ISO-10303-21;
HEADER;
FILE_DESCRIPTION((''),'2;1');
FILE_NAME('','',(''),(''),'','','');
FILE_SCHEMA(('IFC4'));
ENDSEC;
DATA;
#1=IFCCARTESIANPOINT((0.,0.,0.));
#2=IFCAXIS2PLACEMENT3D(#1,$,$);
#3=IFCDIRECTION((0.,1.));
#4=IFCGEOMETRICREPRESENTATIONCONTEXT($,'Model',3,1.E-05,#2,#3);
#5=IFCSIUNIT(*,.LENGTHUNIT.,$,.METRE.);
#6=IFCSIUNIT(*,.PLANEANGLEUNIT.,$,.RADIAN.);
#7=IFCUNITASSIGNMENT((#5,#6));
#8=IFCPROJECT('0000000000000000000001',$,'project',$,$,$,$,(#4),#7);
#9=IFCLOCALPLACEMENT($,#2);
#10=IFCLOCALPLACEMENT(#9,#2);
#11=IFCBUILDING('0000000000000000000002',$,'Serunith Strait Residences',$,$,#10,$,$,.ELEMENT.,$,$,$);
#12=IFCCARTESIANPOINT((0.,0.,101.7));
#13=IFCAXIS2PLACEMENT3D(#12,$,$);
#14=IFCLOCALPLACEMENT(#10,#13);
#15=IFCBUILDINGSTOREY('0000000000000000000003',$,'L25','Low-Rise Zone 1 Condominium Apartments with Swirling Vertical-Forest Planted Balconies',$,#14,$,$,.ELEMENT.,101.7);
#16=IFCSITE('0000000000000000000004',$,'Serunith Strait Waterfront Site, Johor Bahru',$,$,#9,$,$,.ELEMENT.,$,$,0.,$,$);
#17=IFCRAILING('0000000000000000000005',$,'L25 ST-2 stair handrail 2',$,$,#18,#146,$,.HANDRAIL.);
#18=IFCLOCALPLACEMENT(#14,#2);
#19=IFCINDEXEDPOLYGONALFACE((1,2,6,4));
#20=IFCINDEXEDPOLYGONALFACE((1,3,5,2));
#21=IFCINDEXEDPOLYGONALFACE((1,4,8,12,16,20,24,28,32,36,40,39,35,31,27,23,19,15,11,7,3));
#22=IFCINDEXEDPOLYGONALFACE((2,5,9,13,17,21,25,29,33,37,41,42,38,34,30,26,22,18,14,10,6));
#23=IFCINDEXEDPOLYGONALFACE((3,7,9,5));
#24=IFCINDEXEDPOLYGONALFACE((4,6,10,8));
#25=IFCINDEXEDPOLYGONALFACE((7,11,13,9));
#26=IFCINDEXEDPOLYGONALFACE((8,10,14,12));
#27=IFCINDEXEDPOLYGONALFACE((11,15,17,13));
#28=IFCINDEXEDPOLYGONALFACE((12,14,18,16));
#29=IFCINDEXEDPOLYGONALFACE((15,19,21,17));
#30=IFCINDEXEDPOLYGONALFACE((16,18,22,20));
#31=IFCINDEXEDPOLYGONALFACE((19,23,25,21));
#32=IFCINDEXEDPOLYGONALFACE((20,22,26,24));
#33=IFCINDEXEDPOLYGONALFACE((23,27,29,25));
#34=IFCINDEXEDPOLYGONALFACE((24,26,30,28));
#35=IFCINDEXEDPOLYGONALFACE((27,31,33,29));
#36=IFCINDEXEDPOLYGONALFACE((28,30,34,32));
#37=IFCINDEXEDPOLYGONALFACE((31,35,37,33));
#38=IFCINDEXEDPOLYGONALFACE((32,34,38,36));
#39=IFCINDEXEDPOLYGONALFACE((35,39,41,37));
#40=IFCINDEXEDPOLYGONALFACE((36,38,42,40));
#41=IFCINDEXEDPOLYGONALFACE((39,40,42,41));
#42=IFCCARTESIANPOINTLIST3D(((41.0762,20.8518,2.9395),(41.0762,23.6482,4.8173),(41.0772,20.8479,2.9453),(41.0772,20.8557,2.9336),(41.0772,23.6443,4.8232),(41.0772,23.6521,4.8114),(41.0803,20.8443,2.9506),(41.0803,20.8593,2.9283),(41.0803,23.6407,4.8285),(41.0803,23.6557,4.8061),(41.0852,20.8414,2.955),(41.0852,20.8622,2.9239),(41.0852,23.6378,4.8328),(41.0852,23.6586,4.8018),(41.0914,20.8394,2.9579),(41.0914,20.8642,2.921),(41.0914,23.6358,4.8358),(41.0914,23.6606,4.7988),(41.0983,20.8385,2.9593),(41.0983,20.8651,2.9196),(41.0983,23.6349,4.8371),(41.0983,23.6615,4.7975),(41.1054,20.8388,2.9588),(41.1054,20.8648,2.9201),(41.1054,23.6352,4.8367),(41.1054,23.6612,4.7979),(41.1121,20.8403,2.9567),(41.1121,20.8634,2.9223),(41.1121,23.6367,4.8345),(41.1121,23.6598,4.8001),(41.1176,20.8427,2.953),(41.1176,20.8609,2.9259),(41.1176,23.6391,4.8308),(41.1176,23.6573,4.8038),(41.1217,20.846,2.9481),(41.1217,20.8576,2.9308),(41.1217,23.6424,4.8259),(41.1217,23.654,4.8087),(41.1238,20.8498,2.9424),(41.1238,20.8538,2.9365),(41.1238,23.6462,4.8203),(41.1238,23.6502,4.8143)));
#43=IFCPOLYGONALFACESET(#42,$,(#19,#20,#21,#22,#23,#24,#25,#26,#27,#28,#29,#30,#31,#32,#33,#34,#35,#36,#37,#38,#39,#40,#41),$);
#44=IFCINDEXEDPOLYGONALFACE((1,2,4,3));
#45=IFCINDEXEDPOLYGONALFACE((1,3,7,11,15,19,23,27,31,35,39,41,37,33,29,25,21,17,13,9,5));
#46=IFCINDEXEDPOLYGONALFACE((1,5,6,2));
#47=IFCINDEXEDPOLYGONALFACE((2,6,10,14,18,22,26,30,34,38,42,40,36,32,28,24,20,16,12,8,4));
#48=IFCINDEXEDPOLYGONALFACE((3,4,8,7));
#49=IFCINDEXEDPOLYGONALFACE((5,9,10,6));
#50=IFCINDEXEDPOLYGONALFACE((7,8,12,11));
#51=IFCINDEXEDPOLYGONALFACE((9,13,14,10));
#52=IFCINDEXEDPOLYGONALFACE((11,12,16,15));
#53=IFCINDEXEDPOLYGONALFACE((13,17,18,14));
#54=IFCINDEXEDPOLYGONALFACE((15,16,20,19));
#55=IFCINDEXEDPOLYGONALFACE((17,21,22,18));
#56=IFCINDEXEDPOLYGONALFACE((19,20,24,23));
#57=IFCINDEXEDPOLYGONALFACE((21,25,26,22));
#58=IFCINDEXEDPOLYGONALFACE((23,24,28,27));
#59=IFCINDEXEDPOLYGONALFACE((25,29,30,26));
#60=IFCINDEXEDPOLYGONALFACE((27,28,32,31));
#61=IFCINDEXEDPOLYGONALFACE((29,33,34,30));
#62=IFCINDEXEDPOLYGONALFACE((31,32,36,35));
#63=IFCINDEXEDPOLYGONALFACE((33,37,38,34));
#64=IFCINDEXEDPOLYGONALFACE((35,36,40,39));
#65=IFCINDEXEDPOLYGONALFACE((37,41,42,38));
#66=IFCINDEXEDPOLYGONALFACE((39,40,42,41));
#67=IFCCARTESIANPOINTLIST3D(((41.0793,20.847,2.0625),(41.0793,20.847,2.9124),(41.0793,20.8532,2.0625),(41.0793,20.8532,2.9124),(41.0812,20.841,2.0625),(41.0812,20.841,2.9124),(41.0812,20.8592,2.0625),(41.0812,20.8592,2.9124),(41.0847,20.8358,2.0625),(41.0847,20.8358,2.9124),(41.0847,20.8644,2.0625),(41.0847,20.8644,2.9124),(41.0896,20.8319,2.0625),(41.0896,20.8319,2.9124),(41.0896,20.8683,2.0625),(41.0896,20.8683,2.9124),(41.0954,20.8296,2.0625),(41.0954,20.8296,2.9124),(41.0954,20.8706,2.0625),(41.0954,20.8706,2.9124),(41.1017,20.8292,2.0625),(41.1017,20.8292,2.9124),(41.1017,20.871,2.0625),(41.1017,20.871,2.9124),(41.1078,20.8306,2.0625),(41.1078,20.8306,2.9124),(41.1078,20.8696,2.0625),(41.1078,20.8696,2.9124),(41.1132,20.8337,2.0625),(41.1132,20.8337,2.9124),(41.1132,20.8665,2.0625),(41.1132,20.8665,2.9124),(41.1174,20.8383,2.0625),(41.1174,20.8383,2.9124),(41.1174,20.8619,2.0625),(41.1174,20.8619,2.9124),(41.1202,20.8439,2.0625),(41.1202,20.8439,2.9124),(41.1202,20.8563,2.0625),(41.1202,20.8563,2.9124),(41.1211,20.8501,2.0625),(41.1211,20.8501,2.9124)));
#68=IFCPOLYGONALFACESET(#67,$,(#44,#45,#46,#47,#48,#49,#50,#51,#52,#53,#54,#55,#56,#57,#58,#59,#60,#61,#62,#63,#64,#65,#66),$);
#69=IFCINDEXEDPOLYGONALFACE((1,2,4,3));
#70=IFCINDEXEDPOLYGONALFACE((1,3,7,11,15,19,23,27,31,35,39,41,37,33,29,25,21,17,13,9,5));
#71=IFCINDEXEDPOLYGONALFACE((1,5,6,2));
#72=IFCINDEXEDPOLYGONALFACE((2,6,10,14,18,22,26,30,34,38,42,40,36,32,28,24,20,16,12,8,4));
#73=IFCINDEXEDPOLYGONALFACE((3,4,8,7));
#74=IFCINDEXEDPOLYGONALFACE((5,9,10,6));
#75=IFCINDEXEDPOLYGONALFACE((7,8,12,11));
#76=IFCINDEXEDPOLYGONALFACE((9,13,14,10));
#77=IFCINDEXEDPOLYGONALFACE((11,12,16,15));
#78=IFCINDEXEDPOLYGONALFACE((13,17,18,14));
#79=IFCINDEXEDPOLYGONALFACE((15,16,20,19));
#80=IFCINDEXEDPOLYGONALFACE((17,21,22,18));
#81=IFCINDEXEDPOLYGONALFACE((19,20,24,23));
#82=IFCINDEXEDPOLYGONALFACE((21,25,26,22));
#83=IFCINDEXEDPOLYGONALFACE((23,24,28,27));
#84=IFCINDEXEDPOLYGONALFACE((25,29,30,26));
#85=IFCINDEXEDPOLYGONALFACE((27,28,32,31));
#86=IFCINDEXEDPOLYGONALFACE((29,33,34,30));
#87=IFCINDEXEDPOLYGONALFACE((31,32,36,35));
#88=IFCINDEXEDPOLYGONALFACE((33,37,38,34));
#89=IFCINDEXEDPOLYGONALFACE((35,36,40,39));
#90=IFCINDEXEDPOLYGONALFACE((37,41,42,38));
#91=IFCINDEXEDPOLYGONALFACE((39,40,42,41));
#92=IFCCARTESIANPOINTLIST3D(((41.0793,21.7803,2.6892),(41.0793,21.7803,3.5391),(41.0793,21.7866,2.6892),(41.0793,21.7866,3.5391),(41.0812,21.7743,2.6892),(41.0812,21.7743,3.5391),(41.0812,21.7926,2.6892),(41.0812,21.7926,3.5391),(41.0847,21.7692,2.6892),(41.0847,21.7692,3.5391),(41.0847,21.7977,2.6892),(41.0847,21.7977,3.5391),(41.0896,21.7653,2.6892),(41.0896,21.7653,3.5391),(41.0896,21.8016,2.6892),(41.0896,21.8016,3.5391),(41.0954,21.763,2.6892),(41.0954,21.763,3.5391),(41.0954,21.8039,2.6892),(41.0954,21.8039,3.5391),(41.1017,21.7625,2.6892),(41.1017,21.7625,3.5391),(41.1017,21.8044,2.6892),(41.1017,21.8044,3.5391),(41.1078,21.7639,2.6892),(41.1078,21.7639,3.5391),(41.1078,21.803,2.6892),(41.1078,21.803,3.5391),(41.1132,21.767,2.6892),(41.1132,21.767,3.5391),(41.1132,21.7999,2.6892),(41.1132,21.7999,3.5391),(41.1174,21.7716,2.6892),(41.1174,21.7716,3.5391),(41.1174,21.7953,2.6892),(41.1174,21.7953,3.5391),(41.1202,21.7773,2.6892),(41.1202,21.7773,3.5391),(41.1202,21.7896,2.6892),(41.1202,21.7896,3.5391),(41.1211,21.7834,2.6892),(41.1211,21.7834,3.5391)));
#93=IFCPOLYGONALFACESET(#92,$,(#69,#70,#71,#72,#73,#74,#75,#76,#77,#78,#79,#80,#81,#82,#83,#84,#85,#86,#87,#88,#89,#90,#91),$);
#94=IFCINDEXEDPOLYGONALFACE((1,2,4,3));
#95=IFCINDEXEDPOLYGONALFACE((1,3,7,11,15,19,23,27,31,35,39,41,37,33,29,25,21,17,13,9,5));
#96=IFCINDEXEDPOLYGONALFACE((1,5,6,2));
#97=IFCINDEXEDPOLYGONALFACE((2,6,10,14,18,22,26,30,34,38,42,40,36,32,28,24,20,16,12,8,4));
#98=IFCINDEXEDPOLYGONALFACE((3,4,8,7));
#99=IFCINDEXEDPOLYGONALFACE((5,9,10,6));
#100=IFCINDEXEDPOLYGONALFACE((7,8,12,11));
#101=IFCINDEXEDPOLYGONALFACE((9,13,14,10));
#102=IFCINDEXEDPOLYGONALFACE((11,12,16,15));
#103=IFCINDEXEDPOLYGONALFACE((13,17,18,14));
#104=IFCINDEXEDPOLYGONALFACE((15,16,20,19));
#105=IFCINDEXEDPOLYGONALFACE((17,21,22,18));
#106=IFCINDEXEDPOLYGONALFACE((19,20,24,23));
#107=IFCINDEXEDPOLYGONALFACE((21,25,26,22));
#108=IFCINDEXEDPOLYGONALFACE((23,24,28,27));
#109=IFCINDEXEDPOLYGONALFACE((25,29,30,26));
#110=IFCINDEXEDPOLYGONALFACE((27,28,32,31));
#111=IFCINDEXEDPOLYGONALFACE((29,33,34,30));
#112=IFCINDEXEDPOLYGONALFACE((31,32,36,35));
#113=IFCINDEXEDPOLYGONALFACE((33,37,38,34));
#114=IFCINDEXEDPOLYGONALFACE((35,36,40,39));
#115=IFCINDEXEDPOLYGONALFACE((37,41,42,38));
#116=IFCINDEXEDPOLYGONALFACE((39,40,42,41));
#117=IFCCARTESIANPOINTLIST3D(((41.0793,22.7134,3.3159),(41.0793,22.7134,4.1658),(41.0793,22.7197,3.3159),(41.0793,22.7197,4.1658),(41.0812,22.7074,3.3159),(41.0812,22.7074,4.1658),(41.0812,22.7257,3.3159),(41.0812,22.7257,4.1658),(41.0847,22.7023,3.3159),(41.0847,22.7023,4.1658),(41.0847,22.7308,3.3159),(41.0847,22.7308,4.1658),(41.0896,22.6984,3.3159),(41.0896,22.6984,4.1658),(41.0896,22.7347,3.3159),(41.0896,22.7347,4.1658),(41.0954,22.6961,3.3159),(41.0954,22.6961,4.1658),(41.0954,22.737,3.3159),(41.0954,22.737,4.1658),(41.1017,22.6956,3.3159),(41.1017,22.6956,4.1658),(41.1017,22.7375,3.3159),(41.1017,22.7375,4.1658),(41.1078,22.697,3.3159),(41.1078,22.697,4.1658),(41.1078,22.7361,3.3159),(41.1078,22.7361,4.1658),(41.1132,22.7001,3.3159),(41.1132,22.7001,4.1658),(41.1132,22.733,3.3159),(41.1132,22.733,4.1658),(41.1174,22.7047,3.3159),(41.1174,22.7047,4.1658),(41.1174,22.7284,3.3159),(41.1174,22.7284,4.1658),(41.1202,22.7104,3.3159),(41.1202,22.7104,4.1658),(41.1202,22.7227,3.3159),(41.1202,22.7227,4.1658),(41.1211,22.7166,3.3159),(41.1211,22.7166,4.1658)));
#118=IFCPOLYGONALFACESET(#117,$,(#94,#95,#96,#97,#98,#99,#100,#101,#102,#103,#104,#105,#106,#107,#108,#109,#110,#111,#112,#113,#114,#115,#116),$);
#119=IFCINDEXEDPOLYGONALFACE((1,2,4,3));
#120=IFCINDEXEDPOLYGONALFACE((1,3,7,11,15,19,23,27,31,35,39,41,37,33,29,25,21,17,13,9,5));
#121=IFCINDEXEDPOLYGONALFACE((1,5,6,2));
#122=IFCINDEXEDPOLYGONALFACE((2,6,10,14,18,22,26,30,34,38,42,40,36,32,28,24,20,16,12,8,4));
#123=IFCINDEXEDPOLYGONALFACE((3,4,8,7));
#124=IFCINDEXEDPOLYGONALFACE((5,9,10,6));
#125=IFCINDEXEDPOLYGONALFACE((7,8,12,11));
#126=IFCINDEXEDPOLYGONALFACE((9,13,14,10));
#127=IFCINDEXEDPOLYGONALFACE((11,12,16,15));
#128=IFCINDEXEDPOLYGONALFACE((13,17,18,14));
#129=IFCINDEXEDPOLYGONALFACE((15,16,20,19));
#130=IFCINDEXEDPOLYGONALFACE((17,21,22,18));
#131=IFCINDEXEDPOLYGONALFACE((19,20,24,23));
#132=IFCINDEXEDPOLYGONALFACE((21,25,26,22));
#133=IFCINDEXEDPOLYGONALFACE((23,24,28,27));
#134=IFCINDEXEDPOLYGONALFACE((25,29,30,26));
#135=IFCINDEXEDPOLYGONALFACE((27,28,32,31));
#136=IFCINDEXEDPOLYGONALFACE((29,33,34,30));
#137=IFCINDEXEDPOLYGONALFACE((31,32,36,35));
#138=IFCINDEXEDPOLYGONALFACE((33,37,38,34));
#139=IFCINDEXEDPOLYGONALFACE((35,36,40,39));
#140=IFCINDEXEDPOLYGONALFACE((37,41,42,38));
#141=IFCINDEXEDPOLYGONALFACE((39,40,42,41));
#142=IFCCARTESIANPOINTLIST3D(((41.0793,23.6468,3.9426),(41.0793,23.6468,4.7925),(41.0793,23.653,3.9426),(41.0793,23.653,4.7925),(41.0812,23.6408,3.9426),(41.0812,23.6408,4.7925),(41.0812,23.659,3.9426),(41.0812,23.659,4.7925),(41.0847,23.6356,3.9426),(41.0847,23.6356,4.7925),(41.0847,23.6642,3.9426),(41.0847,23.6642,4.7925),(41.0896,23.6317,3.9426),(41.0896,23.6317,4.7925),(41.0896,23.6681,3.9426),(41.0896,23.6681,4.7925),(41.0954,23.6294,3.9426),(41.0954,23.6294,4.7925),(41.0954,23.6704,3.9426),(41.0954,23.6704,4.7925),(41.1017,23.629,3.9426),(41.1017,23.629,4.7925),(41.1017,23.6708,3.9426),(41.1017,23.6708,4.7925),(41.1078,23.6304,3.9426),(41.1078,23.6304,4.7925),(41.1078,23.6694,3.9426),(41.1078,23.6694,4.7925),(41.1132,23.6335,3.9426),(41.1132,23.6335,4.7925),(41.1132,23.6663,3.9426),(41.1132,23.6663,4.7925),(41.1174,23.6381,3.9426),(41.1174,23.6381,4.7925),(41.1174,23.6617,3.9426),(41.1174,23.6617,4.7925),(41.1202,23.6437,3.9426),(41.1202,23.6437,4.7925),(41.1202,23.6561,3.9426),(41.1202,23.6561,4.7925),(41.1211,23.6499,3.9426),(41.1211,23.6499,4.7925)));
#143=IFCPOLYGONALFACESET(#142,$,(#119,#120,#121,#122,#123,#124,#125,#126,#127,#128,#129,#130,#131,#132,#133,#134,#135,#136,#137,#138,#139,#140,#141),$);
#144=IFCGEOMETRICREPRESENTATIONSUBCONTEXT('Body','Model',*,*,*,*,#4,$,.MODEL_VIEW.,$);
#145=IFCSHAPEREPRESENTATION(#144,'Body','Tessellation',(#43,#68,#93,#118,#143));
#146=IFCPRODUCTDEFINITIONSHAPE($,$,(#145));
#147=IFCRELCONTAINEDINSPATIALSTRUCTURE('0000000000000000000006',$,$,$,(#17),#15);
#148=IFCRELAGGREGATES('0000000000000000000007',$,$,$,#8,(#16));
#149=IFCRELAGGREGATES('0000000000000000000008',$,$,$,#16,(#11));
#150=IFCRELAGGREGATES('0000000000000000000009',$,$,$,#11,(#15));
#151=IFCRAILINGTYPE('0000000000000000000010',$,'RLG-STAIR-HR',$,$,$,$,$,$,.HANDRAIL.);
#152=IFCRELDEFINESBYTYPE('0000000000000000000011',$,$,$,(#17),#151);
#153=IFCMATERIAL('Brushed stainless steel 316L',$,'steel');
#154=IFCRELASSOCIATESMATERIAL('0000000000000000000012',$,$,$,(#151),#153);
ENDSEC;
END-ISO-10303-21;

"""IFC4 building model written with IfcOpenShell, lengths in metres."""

from ifc_helpers import new_model, si_unit, direction, frame, origin, origin_2d, place, context, subcontext, project, spatial, circle, extrude, material, type_object, element, save


model = new_model("IFC4")

# Units and contexts
model_context = context("Model", 3, precision=1e-05, world=origin(), true_north=direction((0.0, 1.0)))
body_context = subcontext(model_context, "Body", "Model", "MODEL_VIEW")
ifc_project = project(units=[si_unit("LENGTHUNIT", "METRE"), si_unit("PLANEANGLEUNIT", "RADIAN")], contexts=[model_context])

# Site, building, storey
site_placement = place(None, origin())
site = spatial("IfcSite", under=ifc_project, at=site_placement, Name="Serunith Strait Waterfront Site, Johor Bahru", CompositionType="ELEMENT", RefElevation=0.0)
building_placement = place(site_placement, origin())
building = spatial("IfcBuilding", under=site, at=building_placement, Name="Serunith Strait Residences", CompositionType="ELEMENT")
storey_placement = place(building_placement, frame((0.0, 0.0, 101.7)))
storey = spatial("IfcBuildingStorey", under=building, at=storey_placement, Name="L25", Description="Low-Rise Zone 1 Condominium Apartments with Swirling Vertical-Forest Planted Balconies", CompositionType="ELEMENT", Elevation=101.7)

# Railing
ifc_material_1 = material(Name="Brushed stainless steel 316L", Category="steel")
railing_type_1 = type_object("IfcRailingType", Name="RLG-STAIR-HR", PredefinedType="HANDRAIL", material=ifc_material_1)
railing_1_placement = place(storey_placement, frame((41.1001, 20.8501, 2.0625)))
element("IfcRailing", 1, at=railing_1_placement, inside=storey, type_object=railing_type_1, Name="L25 ST-2 stair handrail 2", PredefinedType="HANDRAIL", context=body_context, shape_type="SweptSolid", body=[
    extrude(circle(Radius=0.0239, at=origin_2d()), frame((0.0, 0.0017, 0.877), z_axis=(0.0, 0.830186, 0.557487), x_axis=(-1.0, 0.0, 0.0)), (0.0, 0.0, 1.0), 3.3684),
    extrude(circle(Radius=0.021, at=origin_2d()), origin(), (0.0, 0.0, 1.0), 0.8499),
    extrude(circle(Radius=0.021, at=origin_2d()), frame((0.0, 0.9333, 0.6267)), (0.0, 0.0, 1.0), 0.8499),
    extrude(circle(Radius=0.021, at=origin_2d()), frame((0.0, 1.8665, 1.2534)), (0.0, 0.0, 1.0), 0.8499),
    extrude(circle(Radius=0.021, at=origin_2d()), frame((0.0, 2.7998, 1.8801)), (0.0, 0.0, 1.0), 0.8499),
])

save(model, "model.ifc")
